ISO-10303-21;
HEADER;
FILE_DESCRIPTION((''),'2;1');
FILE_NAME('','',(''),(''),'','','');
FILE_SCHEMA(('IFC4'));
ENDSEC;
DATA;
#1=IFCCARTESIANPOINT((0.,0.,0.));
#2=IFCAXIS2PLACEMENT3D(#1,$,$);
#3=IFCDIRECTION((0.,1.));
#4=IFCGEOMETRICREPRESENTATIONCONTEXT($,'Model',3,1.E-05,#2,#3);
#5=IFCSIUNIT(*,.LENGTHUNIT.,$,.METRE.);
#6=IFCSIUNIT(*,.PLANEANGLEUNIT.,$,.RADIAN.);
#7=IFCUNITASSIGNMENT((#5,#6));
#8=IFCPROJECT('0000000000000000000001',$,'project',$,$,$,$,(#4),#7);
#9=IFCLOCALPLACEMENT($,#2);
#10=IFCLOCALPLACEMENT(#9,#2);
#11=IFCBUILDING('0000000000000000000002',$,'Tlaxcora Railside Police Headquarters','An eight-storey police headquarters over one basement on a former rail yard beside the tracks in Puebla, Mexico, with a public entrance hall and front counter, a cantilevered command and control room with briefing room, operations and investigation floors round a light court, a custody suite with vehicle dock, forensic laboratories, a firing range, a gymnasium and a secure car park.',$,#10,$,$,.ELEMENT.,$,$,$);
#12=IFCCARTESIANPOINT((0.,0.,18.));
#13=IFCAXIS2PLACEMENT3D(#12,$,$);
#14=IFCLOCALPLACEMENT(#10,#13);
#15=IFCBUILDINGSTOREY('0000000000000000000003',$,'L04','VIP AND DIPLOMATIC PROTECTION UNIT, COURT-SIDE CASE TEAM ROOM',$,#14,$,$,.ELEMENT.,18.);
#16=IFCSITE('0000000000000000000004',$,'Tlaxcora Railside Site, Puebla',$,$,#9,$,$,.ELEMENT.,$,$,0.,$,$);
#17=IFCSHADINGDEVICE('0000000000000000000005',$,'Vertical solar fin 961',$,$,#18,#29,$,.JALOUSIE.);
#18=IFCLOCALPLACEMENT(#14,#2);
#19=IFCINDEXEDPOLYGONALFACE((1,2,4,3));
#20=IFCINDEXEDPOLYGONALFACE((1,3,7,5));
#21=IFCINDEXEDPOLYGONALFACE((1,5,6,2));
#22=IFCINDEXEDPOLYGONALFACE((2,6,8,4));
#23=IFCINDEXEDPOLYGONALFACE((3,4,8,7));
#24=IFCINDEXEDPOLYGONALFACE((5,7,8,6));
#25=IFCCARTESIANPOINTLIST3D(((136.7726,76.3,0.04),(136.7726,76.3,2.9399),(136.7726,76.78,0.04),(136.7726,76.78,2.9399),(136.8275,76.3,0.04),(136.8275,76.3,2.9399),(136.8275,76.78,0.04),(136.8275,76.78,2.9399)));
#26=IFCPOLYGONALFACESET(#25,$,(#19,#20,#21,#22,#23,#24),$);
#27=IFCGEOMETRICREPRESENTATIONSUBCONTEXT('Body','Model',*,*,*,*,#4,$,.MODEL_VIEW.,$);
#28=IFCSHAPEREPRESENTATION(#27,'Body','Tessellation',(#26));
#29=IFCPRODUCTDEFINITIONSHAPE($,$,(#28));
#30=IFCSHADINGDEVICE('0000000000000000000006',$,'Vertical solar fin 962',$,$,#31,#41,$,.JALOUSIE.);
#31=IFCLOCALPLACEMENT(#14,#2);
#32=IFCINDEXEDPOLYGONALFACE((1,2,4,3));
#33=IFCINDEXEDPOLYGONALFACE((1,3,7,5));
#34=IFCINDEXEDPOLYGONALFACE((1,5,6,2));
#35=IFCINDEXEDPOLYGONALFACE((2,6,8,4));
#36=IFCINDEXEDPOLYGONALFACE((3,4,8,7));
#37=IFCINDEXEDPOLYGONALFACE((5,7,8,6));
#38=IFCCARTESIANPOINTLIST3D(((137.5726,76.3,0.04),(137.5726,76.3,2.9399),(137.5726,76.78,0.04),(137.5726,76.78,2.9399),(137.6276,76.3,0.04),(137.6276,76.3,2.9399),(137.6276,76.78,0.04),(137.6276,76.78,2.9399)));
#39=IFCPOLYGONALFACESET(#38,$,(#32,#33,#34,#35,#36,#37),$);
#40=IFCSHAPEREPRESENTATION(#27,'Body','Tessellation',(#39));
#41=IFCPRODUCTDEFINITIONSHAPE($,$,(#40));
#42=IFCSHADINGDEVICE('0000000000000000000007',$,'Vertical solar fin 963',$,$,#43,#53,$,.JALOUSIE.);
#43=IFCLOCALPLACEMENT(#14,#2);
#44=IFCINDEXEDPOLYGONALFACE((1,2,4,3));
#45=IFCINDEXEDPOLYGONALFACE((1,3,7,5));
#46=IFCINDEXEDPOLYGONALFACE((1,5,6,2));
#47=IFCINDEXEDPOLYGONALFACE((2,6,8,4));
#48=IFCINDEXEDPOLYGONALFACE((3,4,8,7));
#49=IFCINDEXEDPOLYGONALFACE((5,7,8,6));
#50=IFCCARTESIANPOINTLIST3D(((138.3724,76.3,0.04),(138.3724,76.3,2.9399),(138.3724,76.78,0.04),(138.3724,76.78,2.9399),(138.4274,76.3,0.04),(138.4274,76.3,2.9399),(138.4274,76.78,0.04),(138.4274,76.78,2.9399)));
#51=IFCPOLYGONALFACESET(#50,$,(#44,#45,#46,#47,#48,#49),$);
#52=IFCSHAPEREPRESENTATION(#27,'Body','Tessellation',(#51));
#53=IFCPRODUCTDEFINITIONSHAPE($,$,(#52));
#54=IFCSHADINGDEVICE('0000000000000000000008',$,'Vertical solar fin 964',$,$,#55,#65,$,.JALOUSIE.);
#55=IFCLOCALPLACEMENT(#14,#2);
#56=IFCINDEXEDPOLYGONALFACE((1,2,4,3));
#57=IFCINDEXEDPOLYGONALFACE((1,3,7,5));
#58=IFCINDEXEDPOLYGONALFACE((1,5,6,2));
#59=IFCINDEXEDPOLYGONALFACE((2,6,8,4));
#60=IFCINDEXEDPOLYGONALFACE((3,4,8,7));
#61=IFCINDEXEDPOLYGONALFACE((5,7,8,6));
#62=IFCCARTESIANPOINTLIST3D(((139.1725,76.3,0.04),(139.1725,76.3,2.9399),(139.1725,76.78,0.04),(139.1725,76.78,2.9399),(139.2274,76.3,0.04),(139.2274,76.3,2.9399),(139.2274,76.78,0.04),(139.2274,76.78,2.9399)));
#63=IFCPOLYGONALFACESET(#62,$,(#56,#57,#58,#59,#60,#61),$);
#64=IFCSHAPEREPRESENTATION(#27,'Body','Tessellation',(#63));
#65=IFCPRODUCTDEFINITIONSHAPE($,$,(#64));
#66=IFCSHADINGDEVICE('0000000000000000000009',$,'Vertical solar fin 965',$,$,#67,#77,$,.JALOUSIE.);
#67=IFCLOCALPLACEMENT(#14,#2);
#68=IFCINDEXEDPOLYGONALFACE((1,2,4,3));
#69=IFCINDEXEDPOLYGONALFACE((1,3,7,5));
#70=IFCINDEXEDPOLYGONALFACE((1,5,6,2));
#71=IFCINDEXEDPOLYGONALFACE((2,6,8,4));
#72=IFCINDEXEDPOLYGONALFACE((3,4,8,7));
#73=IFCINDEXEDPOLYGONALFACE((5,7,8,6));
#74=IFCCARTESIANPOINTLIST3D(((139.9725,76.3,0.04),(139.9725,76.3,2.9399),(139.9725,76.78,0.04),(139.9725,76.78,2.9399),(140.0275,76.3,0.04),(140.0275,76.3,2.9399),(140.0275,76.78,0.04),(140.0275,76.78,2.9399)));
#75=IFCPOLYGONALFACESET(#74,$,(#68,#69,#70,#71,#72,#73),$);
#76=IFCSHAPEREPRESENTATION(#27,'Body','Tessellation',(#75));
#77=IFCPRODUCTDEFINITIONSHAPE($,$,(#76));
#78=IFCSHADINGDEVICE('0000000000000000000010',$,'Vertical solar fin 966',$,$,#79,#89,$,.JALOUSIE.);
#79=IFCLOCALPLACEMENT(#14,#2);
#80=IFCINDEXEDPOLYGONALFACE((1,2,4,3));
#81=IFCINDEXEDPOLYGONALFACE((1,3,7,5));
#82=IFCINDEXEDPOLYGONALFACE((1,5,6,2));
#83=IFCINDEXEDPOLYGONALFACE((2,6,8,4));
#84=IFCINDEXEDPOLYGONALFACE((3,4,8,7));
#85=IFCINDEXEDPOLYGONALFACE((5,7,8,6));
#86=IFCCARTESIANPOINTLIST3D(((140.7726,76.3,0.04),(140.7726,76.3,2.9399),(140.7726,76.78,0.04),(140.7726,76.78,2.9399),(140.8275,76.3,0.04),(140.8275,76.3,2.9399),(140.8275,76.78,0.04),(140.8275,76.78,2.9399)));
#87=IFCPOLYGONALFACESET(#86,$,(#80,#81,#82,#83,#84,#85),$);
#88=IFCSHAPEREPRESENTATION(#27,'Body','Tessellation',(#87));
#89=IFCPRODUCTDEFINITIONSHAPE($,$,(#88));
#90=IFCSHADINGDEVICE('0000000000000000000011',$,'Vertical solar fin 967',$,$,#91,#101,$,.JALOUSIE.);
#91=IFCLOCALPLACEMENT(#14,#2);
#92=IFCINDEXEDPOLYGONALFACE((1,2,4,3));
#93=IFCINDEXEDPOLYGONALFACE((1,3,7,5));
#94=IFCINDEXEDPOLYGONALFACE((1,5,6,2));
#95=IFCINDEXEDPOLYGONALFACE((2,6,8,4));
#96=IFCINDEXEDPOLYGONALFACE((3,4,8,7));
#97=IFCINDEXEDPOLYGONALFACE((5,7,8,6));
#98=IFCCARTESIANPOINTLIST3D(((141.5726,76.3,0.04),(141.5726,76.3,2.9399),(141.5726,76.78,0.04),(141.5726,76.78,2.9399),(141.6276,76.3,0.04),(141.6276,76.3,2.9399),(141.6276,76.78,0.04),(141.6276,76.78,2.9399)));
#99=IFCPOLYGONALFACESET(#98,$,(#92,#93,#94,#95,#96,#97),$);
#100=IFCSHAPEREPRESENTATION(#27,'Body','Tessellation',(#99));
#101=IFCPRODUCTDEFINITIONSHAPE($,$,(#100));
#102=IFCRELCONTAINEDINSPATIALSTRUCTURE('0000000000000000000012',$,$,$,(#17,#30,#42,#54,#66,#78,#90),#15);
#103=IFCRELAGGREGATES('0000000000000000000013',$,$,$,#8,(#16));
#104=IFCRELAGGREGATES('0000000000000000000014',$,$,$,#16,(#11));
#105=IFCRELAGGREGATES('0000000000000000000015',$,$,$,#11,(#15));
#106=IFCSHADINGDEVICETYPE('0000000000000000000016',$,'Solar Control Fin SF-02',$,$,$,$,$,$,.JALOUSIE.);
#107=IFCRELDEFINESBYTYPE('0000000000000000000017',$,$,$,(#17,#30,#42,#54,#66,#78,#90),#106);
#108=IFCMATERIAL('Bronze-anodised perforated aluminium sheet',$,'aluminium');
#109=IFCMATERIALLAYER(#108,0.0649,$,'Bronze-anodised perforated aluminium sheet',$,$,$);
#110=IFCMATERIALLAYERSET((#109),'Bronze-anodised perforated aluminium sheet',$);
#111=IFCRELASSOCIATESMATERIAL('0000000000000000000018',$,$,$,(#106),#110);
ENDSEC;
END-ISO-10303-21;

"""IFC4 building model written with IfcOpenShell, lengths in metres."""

from ifc_helpers import new_model, si_unit, direction, frame, origin, origin_2d, place, context, subcontext, project, spatial, rectangle, extrude, material, layer, layer_set, type_object, element, save


model = new_model("IFC4")

# Units and contexts
model_context = context("Model", 3, precision=1e-05, world=origin(), true_north=direction((0.0, 1.0)))
body_context = subcontext(model_context, "Body", "Model", "MODEL_VIEW")
ifc_project = project(units=[si_unit("LENGTHUNIT", "METRE"), si_unit("PLANEANGLEUNIT", "RADIAN")], contexts=[model_context])

# Site, building, storey
site_placement = place(None, origin())
site = spatial("IfcSite", under=ifc_project, at=site_placement, Name="Tlaxcora Railside Site, Puebla", CompositionType="ELEMENT", RefElevation=0.0)
building_placement = place(site_placement, origin())
building = spatial("IfcBuilding", under=site, at=building_placement, Name="Tlaxcora Railside Police Headquarters", Description="An eight-storey police headquarters over one basement on a former rail yard beside the tracks in Puebla, Mexico, with a public entrance hall and front counter, a cantilevered command and control room with briefing room, operations and investigation floors round a light court, a custody suite with vehicle dock, forensic laboratories, a firing range, a gymnasium and a secure car park.", CompositionType="ELEMENT")
storey_placement = place(building_placement, frame((0.0, 0.0, 18.0)))
storey = spatial("IfcBuildingStorey", under=building, at=storey_placement, Name="L04", Description="VIP AND DIPLOMATIC PROTECTION UNIT, COURT-SIDE CASE TEAM ROOM", CompositionType="ELEMENT", Elevation=18.0)

# Shading devices
ifc_material_1 = material(Name="Bronze-anodised perforated aluminium sheet", Category="aluminium")
ifc_layer_1 = layer(ifc_material_1, 0.0649, Name="Bronze-anodised perforated aluminium sheet")
ifc_layer_set_1 = layer_set([ifc_layer_1], Name="Bronze-anodised perforated aluminium sheet")
shading_device_type = type_object("IfcShadingDeviceType", Name="Solar Control Fin SF-02", PredefinedType="JALOUSIE", material=ifc_layer_set_1)
for number, where, z_axis, x_axis, name in (
    (1, (136.8, 76.54, 0.04), (0.0, 0.0, 1.0), (0.0, -1.0, 0.0), "Vertical solar fin 961"),
    (2, (137.6001, 76.54, 0.04), (0.0, 0.0, 1.0), (0.0, -1.0, 0.0), "Vertical solar fin 962"),
    (3, (138.3999, 76.54, 0.04), (0.0, 0.0, 1.0), (0.0, -1.0, 0.0), "Vertical solar fin 963"),
    (4, (139.2, 76.54, 0.04), (0.0, 0.0, 1.0), (0.0, -1.0, 0.0), "Vertical solar fin 964"),
    (5, (140.0, 76.54, 0.04), (0.0, 0.0, 1.0), (0.0, -1.0, 0.0), "Vertical solar fin 965"),
    (6, (140.8, 76.54, 0.04), (0.0, 0.0, 1.0), (0.0, -1.0, 0.0), "Vertical solar fin 966"),
    (7, (141.6001, 76.54, 0.04), (0.0, 0.0, 1.0), (0.0, -1.0, 0.0), "Vertical solar fin 967"),
):
    element("IfcShadingDevice", number, at=place(storey_placement, frame(where, z_axis=z_axis, x_axis=x_axis)), inside=storey, type_object=shading_device_type, Name=name, PredefinedType="JALOUSIE", context=body_context, shape_type="SweptSolid", body=[
        extrude(rectangle(XDim=0.48, YDim=0.0549, at=origin_2d()), origin(), (0.0, 0.0, 1.0), 2.8999),
    ])

save(model, "model.ifc")
